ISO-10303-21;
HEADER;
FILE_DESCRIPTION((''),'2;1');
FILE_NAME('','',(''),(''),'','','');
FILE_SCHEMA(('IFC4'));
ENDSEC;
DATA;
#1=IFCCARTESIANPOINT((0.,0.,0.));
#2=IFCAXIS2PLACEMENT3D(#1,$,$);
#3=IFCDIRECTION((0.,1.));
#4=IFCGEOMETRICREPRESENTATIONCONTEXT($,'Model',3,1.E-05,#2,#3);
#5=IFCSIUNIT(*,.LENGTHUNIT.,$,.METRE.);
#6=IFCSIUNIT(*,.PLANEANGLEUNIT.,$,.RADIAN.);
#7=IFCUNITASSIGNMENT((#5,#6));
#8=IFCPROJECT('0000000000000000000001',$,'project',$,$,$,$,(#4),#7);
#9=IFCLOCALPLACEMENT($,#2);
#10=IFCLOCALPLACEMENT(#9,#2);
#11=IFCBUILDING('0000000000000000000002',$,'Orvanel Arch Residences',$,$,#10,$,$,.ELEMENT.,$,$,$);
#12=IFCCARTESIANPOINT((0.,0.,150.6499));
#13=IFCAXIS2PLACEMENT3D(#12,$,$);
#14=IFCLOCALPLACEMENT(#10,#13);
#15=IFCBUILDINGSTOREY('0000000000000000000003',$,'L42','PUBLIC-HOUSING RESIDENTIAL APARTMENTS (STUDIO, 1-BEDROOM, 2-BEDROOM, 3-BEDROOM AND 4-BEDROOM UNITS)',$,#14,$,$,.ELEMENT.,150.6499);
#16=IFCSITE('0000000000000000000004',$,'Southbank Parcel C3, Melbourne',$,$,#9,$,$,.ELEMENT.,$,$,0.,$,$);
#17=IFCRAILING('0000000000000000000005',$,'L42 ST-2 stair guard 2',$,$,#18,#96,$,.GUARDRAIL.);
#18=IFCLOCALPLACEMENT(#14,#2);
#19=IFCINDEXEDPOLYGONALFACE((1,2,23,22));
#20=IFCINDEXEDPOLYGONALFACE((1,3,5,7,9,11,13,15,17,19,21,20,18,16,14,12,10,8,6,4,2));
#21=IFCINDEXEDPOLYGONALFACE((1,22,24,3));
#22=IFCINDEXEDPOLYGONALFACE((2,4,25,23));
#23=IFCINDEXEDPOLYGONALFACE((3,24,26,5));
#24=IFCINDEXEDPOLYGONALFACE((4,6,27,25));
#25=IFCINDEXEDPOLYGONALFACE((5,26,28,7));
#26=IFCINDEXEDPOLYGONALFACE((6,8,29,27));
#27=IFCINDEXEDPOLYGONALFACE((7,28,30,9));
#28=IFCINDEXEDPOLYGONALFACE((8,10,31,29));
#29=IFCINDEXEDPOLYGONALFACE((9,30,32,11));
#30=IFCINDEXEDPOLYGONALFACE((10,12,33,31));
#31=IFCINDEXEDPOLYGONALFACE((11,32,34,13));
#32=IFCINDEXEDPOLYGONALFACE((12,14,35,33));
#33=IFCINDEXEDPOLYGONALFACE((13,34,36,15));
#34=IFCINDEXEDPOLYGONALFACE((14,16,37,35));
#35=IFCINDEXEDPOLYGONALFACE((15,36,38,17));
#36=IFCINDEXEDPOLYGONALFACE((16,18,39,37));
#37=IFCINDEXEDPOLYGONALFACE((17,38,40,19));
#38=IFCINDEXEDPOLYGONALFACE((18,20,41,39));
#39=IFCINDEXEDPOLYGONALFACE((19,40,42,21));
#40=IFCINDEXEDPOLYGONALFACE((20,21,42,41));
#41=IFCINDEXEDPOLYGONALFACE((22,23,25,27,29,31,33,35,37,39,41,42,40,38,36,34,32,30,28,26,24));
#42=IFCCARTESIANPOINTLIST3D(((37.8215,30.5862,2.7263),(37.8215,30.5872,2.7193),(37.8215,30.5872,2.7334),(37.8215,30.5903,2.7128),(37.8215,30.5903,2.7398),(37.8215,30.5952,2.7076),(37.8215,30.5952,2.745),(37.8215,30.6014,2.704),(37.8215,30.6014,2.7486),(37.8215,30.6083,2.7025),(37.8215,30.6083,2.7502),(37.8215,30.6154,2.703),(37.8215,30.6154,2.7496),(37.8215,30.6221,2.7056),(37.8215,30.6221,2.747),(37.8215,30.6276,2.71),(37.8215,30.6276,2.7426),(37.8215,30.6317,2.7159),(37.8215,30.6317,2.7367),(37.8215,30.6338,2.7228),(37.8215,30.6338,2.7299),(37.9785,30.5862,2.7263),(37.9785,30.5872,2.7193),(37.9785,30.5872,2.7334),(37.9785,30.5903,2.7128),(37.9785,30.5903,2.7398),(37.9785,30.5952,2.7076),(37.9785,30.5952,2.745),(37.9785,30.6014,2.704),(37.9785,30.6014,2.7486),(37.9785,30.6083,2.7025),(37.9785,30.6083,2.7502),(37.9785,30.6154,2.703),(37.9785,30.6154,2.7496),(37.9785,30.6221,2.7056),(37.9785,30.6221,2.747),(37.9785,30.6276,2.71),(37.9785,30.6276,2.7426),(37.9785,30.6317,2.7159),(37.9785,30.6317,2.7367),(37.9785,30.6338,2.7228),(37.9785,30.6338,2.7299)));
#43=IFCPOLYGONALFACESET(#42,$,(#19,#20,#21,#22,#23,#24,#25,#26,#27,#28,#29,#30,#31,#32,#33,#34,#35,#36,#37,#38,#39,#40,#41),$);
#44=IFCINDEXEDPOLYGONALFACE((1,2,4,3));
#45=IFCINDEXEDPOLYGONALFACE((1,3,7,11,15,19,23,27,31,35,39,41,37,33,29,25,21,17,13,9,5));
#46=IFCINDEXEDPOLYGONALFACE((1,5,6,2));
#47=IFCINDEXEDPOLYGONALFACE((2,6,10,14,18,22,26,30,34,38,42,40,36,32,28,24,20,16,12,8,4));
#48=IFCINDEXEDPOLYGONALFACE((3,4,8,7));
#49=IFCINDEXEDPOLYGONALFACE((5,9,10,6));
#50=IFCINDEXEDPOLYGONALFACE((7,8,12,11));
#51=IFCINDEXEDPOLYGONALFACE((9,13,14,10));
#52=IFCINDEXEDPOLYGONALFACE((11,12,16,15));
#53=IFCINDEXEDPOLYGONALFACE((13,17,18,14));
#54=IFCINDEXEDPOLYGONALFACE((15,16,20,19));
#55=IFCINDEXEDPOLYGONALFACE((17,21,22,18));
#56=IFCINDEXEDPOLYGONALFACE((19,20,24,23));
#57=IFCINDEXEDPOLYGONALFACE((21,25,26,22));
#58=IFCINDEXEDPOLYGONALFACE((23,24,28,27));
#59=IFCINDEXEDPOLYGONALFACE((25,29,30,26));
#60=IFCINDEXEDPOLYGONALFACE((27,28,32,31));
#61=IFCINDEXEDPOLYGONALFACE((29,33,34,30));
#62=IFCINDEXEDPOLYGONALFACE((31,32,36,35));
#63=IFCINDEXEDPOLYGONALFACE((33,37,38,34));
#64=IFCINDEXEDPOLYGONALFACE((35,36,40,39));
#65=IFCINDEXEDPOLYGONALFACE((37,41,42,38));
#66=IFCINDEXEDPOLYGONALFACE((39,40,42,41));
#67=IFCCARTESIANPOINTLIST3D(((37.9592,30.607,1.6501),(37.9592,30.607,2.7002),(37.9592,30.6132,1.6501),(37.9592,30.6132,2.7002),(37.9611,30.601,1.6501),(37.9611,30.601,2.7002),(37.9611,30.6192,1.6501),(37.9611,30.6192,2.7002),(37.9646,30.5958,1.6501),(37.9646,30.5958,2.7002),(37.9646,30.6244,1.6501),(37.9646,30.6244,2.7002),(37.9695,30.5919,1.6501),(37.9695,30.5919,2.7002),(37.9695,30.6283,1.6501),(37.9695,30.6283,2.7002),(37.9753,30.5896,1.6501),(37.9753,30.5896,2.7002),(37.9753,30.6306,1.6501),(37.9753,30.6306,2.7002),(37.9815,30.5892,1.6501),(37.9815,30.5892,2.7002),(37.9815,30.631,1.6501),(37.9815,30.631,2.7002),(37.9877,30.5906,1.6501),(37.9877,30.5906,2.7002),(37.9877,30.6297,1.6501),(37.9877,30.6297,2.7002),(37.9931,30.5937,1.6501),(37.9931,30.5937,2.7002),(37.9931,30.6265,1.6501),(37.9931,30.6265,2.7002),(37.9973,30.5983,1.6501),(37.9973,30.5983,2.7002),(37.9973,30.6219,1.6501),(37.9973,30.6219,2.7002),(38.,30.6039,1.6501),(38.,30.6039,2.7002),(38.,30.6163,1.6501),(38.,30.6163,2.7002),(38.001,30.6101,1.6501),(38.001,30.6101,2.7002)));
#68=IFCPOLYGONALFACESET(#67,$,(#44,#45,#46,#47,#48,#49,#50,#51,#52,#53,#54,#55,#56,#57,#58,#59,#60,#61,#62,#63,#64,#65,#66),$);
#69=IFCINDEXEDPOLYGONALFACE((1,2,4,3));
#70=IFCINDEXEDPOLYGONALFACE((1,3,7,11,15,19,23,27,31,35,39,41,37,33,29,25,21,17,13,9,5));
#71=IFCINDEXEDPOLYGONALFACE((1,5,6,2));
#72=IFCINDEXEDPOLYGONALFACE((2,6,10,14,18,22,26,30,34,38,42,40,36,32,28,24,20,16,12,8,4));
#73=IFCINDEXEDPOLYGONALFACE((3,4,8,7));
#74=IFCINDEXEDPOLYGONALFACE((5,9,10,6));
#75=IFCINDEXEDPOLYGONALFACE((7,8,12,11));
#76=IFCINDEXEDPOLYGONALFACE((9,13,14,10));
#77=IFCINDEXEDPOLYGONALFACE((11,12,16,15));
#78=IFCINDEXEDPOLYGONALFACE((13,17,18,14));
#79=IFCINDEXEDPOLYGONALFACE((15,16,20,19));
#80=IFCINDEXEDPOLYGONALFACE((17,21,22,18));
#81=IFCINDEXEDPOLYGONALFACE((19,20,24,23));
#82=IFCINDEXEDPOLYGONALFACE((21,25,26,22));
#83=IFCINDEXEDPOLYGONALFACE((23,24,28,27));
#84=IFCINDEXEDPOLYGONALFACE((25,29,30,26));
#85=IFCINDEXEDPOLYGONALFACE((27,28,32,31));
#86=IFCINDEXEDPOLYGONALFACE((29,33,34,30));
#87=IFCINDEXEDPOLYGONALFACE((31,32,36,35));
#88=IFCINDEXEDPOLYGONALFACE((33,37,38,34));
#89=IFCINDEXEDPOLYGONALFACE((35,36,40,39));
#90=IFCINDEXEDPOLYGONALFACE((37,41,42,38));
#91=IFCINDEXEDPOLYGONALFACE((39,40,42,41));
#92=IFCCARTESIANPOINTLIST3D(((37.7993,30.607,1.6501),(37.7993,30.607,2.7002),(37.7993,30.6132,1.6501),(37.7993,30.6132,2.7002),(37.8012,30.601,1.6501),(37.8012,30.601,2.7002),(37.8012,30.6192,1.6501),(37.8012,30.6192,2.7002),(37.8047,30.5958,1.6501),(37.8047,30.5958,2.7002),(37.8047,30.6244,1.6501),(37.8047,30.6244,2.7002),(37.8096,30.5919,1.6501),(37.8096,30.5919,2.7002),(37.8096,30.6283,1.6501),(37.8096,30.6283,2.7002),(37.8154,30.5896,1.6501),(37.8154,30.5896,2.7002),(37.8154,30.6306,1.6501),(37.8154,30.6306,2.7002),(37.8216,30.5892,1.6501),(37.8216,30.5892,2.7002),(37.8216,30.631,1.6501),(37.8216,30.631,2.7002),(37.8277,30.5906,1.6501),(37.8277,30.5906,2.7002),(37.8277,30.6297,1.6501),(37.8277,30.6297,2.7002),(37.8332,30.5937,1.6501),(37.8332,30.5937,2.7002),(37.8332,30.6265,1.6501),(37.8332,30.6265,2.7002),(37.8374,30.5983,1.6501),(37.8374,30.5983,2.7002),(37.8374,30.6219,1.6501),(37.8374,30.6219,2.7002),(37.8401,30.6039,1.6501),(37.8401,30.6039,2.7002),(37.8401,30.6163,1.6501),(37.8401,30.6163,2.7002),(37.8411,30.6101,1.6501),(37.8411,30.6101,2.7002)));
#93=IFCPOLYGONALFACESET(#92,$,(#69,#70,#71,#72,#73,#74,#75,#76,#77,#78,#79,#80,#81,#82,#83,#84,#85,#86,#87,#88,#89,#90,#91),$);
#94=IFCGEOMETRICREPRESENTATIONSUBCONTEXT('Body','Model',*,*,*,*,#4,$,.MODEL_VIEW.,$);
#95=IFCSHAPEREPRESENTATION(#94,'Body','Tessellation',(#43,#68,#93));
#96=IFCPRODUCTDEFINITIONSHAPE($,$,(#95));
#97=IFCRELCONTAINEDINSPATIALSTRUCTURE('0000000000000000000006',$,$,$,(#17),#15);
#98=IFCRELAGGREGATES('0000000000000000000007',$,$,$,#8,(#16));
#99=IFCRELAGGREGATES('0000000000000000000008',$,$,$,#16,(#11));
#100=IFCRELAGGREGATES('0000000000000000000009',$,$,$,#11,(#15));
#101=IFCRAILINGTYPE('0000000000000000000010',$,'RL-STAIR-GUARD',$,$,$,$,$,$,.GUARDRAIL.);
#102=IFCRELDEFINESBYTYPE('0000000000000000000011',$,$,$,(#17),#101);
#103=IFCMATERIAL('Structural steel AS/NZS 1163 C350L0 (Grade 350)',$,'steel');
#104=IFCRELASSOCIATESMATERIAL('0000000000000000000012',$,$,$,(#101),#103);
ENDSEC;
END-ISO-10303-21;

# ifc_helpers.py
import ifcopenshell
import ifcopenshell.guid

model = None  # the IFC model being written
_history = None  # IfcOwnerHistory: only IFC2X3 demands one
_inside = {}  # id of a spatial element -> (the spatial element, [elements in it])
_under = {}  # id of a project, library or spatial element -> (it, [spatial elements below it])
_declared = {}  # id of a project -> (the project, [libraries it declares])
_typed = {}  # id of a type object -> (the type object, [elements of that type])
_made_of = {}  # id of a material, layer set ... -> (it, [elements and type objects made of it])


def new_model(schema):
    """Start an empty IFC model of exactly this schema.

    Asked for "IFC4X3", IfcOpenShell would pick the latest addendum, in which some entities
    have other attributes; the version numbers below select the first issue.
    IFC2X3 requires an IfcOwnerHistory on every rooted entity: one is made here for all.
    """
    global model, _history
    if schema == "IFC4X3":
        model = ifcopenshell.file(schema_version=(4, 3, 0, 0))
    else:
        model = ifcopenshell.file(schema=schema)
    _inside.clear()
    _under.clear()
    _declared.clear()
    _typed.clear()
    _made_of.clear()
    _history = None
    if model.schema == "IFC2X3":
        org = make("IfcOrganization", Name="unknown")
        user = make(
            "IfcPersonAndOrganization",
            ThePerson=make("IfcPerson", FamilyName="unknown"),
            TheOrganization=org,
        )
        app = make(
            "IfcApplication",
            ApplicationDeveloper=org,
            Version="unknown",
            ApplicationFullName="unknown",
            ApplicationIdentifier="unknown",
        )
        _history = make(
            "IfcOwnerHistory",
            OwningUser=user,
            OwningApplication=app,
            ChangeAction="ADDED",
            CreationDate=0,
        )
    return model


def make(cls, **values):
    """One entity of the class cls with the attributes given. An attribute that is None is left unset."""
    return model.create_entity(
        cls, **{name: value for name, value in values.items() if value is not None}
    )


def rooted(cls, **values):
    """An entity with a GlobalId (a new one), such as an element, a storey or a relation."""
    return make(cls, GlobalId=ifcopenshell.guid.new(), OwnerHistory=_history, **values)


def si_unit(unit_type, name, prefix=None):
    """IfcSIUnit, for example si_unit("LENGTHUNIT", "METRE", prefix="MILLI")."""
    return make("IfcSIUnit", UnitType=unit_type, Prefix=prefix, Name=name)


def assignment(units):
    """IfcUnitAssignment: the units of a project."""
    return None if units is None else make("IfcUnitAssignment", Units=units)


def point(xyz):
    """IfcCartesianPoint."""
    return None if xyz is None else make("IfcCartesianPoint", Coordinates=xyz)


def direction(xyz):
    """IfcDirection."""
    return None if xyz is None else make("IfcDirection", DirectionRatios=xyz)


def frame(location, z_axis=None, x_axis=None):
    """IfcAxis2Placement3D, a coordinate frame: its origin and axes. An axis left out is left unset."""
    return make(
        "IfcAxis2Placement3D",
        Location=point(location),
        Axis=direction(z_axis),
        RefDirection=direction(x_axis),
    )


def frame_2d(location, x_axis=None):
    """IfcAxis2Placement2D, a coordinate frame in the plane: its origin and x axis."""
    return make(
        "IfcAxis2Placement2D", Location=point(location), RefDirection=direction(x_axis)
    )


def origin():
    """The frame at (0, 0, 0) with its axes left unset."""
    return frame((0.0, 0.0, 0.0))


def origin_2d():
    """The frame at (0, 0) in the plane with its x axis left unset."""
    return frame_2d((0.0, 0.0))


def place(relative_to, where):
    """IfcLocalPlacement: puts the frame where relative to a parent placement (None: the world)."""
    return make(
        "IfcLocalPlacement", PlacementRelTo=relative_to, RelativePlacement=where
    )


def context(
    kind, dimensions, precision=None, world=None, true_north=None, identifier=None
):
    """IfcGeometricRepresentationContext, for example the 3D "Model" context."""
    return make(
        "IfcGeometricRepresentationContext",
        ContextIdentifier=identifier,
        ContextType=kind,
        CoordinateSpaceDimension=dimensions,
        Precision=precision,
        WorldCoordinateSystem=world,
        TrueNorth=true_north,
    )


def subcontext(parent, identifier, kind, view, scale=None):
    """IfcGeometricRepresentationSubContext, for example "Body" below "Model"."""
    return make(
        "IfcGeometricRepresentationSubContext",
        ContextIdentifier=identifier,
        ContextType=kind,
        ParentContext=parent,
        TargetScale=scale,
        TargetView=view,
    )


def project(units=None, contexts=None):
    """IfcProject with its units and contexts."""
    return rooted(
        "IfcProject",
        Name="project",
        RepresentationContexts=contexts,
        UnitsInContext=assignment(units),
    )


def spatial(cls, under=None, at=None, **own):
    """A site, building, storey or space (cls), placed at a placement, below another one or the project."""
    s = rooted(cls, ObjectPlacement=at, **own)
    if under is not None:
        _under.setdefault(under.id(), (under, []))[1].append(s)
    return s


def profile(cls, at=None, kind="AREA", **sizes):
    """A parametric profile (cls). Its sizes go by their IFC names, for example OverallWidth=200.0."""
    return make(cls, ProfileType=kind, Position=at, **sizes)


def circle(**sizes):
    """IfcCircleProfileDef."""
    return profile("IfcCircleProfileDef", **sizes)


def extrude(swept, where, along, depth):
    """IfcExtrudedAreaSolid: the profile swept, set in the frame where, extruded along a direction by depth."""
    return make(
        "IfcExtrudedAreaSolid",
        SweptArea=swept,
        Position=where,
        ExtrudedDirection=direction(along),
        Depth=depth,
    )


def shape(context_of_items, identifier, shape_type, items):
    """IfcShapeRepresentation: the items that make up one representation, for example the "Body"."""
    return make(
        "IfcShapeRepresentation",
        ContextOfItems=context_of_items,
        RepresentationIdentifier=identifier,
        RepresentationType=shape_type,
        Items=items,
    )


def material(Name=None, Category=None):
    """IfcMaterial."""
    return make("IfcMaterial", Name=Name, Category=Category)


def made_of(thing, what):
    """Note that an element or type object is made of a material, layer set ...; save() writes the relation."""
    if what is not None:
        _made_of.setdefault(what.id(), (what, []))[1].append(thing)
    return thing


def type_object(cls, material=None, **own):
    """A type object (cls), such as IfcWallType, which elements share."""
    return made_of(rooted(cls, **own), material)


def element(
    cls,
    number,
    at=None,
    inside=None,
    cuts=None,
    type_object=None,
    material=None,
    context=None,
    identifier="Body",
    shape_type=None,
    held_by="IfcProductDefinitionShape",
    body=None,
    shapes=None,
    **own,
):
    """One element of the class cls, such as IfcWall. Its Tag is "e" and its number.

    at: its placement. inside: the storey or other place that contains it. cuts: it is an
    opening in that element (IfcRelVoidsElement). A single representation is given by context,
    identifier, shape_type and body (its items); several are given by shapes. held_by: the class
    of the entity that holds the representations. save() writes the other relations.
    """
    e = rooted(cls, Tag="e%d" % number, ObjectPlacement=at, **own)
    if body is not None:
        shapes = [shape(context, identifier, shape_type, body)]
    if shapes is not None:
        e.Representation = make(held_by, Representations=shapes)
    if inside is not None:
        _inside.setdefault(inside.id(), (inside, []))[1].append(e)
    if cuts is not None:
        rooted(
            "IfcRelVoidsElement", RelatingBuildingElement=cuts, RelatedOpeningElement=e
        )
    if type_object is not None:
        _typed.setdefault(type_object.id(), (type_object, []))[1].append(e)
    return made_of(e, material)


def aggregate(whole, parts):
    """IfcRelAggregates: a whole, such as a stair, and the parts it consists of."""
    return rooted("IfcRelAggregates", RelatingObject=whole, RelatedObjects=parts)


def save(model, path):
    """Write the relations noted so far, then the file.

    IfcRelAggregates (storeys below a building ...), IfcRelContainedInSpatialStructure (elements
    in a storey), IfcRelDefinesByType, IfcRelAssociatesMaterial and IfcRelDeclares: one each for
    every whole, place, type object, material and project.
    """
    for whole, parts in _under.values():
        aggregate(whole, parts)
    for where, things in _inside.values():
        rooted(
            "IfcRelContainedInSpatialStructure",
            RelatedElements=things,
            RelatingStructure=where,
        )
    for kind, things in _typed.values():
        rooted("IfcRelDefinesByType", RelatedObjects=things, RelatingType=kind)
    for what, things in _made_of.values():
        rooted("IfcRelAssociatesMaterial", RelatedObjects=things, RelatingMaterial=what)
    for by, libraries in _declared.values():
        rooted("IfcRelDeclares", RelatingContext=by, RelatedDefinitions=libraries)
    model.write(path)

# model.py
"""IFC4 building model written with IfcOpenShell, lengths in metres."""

from ifc_helpers import new_model, si_unit, direction, frame, origin, origin_2d, place, context, subcontext, project, spatial, circle, extrude, material, type_object, element, save


model = new_model("IFC4")

# Units and contexts
model_context = context("Model", 3, precision=1e-05, world=origin(), true_north=direction((0.0, 1.0)))
body_context = subcontext(model_context, "Body", "Model", "MODEL_VIEW")
ifc_project = project(units=[si_unit("LENGTHUNIT", "METRE"), si_unit("PLANEANGLEUNIT", "RADIAN")], contexts=[model_context])

# Site, building, storey
site_placement = place(None, origin())
site = spatial("IfcSite", under=ifc_project, at=site_placement, Name="Southbank Parcel C3, Melbourne", CompositionType="ELEMENT", RefElevation=0.0)
building_placement = place(site_placement, origin())
building = spatial("IfcBuilding", under=site, at=building_placement, Name="Orvanel Arch Residences", CompositionType="ELEMENT")
storey_placement = place(building_placement, frame((0.0, 0.0, 150.6499)))
storey = spatial("IfcBuildingStorey", under=building, at=storey_placement, Name="L42", Description="PUBLIC-HOUSING RESIDENTIAL APARTMENTS (STUDIO, 1-BEDROOM, 2-BEDROOM, 3-BEDROOM AND 4-BEDROOM UNITS)", CompositionType="ELEMENT", Elevation=150.6499)

# Railing
ifc_material_1 = material(Name="Structural steel AS/NZS 1163 C350L0 (Grade 350)", Category="steel")
railing_type_1 = type_object("IfcRailingType", Name="RL-STAIR-GUARD", PredefinedType="GUARDRAIL", material=ifc_material_1)
railing_1_placement = place(storey_placement, frame((37.98, 30.6101, 1.6501)))
element("IfcRailing", 1, at=railing_1_placement, inside=storey, type_object=railing_type_1, Name="L42 ST-2 stair guard 2", PredefinedType="GUARDRAIL", context=body_context, shape_type="SweptSolid", body=[
    extrude(circle(Radius=0.0239, at=origin_2d()), frame((-0.0015, 0.0, 1.0762), z_axis=(-1.0, 0.0, 0.0), x_axis=(0.0, -1.0, 0.0)), (0.0, 0.0, 1.0), 0.157),
    extrude(circle(Radius=0.021, at=origin_2d()), origin(), (0.0, 0.0, 1.0), 1.05),
    extrude(circle(Radius=0.021, at=origin_2d()), frame((-0.1599, 0.0, 0.0)), (0.0, 0.0, 1.0), 1.05),
])

save(model, "model.ifc")
